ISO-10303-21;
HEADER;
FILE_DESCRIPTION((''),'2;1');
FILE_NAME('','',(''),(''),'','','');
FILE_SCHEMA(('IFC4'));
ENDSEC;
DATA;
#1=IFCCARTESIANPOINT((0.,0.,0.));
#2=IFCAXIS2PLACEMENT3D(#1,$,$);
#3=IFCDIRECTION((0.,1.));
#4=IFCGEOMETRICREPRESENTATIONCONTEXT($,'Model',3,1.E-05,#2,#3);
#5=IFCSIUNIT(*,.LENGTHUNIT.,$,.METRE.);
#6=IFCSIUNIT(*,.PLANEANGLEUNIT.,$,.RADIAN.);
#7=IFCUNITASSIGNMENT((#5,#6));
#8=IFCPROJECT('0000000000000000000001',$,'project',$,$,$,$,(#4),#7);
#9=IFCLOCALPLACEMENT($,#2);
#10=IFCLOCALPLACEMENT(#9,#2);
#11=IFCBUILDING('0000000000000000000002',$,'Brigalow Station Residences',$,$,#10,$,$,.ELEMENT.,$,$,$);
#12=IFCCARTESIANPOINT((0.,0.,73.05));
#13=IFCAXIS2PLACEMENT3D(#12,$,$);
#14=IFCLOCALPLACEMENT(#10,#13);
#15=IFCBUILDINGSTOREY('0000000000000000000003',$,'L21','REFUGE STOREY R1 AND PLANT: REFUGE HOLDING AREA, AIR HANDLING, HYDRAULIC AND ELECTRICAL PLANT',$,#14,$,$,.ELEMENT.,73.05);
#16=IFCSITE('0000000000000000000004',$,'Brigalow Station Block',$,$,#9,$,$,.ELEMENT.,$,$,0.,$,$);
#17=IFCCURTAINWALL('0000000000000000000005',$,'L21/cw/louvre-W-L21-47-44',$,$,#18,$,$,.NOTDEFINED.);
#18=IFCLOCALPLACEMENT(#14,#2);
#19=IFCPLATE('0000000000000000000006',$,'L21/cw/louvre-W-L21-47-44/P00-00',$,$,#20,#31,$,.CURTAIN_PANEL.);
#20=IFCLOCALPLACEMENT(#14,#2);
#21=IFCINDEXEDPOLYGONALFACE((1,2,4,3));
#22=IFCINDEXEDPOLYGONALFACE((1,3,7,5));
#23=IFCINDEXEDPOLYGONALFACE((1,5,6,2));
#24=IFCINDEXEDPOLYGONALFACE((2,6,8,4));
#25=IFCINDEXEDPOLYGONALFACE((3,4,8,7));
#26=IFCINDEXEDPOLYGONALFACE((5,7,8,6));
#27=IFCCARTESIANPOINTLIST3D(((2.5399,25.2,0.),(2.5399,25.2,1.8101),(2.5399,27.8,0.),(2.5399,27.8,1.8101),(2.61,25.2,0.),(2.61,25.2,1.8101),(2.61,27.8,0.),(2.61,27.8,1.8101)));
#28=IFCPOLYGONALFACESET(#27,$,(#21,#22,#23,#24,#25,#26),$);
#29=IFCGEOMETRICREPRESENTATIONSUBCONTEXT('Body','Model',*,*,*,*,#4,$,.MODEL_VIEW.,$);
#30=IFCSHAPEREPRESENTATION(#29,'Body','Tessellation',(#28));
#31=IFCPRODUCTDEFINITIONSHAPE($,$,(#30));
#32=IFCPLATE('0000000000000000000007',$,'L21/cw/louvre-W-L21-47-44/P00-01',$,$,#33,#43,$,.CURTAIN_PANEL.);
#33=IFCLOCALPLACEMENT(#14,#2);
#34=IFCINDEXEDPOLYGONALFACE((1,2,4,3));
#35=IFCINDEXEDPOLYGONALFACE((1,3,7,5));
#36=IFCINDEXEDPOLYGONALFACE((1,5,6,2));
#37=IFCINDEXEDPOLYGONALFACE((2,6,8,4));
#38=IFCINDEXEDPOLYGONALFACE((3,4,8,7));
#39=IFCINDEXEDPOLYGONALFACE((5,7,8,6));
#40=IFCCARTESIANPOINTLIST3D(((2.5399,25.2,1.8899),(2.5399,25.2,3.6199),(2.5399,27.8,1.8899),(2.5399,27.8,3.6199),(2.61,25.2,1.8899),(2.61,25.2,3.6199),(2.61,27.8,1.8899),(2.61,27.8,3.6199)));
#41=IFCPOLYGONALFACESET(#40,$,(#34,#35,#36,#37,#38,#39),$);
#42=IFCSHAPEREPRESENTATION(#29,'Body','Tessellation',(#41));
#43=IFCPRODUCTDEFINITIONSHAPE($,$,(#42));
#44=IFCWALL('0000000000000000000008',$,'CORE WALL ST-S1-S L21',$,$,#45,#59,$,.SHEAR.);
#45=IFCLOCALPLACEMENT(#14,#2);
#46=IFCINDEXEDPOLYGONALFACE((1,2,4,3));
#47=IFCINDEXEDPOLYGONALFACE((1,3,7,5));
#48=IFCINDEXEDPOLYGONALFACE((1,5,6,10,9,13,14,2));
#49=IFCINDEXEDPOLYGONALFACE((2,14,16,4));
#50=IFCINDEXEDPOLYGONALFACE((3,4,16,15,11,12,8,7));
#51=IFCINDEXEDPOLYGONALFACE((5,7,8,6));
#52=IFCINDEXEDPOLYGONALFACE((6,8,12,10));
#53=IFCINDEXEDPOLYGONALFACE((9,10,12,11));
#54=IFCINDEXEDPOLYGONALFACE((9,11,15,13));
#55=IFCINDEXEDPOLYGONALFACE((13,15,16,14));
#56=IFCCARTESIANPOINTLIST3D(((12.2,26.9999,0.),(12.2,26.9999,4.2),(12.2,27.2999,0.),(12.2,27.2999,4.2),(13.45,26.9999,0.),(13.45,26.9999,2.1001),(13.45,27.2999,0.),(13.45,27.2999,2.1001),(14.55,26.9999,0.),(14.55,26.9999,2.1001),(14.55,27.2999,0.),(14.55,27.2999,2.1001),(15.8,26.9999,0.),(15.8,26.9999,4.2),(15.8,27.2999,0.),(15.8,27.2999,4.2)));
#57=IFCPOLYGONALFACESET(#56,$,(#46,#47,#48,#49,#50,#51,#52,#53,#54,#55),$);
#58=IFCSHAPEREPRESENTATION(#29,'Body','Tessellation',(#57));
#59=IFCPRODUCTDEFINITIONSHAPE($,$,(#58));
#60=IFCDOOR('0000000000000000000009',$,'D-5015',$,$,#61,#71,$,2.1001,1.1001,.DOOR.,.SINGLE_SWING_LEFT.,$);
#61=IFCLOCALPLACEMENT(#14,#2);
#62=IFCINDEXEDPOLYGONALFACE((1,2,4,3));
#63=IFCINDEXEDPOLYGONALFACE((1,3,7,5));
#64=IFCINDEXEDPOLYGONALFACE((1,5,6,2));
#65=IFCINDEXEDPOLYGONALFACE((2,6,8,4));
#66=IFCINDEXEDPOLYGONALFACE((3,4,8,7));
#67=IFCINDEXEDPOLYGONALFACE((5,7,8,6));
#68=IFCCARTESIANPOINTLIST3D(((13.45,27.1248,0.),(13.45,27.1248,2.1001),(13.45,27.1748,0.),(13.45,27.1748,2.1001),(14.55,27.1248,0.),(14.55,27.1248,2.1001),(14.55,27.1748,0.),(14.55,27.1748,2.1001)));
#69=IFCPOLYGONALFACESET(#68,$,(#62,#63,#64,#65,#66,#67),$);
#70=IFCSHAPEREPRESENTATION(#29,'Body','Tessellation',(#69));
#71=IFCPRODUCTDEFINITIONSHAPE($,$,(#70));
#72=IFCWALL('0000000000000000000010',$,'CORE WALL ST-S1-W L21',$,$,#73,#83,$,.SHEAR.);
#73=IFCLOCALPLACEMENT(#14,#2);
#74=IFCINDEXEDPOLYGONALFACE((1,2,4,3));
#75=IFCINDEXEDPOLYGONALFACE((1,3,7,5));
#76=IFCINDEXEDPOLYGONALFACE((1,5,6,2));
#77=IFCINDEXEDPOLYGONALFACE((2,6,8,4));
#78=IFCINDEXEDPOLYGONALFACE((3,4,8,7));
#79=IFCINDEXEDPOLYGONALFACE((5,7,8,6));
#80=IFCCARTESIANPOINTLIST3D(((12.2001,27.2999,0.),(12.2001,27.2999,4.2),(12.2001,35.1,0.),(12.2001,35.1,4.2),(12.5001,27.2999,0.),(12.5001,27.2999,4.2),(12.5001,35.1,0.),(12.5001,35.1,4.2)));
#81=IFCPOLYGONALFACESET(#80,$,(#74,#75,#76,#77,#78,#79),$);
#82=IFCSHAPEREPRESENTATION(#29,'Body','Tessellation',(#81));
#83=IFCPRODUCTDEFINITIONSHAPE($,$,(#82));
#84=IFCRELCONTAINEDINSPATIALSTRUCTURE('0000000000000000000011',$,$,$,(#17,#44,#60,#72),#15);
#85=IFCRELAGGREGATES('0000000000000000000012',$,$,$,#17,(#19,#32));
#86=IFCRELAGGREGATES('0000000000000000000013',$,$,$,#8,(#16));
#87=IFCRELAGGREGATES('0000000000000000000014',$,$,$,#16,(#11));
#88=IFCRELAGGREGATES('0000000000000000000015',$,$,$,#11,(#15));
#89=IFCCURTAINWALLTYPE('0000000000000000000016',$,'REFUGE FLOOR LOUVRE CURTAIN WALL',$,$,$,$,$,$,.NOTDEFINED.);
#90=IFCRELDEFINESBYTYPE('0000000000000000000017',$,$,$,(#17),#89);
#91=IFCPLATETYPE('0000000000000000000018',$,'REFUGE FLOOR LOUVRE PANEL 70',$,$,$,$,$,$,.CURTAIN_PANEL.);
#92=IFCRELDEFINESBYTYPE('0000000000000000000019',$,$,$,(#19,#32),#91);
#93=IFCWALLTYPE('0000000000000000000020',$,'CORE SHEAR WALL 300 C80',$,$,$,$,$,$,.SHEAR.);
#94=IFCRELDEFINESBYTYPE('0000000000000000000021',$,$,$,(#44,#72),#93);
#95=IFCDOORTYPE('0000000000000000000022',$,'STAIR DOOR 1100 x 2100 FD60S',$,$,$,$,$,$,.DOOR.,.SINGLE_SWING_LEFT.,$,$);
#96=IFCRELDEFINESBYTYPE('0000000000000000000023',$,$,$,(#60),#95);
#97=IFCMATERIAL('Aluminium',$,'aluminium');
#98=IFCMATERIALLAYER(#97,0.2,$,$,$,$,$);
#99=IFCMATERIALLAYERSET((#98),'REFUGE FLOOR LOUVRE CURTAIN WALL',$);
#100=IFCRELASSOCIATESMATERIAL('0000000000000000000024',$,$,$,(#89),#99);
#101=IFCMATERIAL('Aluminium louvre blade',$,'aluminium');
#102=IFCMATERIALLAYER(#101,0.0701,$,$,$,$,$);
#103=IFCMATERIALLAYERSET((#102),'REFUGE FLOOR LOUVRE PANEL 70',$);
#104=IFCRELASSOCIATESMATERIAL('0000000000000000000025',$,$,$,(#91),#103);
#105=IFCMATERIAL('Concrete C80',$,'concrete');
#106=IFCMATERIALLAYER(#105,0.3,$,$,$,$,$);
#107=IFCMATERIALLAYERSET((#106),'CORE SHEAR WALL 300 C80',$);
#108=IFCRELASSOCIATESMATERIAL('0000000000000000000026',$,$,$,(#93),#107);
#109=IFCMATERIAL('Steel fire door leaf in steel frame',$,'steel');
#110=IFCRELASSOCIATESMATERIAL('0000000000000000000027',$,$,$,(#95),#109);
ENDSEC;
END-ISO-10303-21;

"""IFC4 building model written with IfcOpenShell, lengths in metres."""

from ifc_helpers import new_model, si_unit, direction, frame, frame_2d, origin, origin_2d, place, context, subcontext, project, spatial, rectangle, extrude, material, layer, layer_set, type_object, element, fill, aggregate, save


model = new_model("IFC4")

# Units and contexts
model_context = context("Model", 3, precision=1e-05, world=origin(), true_north=direction((0.0, 1.0)))
body_context = subcontext(model_context, "Body", "Model", "MODEL_VIEW")
ifc_project = project(units=[si_unit("LENGTHUNIT", "METRE"), si_unit("PLANEANGLEUNIT", "RADIAN")], contexts=[model_context])

# Site, building, storey
site_placement = place(None, origin())
site = spatial("IfcSite", under=ifc_project, at=site_placement, Name="Brigalow Station Block", CompositionType="ELEMENT", RefElevation=0.0)
building_placement = place(site_placement, origin())
building = spatial("IfcBuilding", under=site, at=building_placement, Name="Brigalow Station Residences", CompositionType="ELEMENT")
storey_placement = place(building_placement, frame((0.0, 0.0, 73.05)))
storey = spatial("IfcBuildingStorey", under=building, at=storey_placement, Name="L21", Description="REFUGE STOREY R1 AND PLANT: REFUGE HOLDING AREA, AIR HANDLING, HYDRAULIC AND ELECTRICAL PLANT", CompositionType="ELEMENT", Elevation=73.05)

# Shared definitions
ifc_material_1 = material(Name="Aluminium", Category="aluminium")
ifc_layer_1 = layer(ifc_material_1, 0.2)
ifc_layer_set_1 = layer_set([ifc_layer_1], Name="REFUGE FLOOR LOUVRE CURTAIN WALL")
curtain_wall_type = type_object("IfcCurtainWallType", Name="REFUGE FLOOR LOUVRE CURTAIN WALL", PredefinedType="NOTDEFINED", material=ifc_layer_set_1)

# Curtain wall
curtain_wall_1_placement = place(storey_placement, origin())
curtain_wall_1 = element("IfcCurtainWall", 1, at=curtain_wall_1_placement, inside=storey, type_object=curtain_wall_type, Name="L21/cw/louvre-W-L21-47-44", PredefinedType="NOTDEFINED")

# Plates
ifc_material_2 = material(Name="Aluminium louvre blade", Category="aluminium")
ifc_layer_2 = layer(ifc_material_2, 0.0701)
ifc_layer_set_2 = layer_set([ifc_layer_2], Name="REFUGE FLOOR LOUVRE PANEL 70")
plate_type = type_object("IfcPlateType", Name="REFUGE FLOOR LOUVRE PANEL 70", PredefinedType="CURTAIN_PANEL", material=ifc_layer_set_2)
plate_1_placement = place(storey_placement, frame((2.575, 26.5, 0.0), z_axis=(0.0, 0.0, 1.0), x_axis=(0.0, -1.0, 0.0)))
plate_1 = element("IfcPlate", 2, at=plate_1_placement, type_object=plate_type, Name="L21/cw/louvre-W-L21-47-44/P00-00", PredefinedType="CURTAIN_PANEL", context=body_context, shape_type="SweptSolid", body=[
    extrude(rectangle(XDim=2.6001, YDim=0.0701, at=origin_2d()), origin(), (0.0, 0.0, 1.0), 1.8101),
])
plate_2_placement = place(storey_placement, frame((2.575, 26.5, 1.8899), z_axis=(0.0, 0.0, 1.0), x_axis=(0.0, -1.0, 0.0)))
plate_2 = element("IfcPlate", 3, at=plate_2_placement, type_object=plate_type, Name="L21/cw/louvre-W-L21-47-44/P00-01", PredefinedType="CURTAIN_PANEL", context=body_context, shape_type="SweptSolid", body=[
    extrude(rectangle(XDim=2.6001, YDim=0.0701, at=origin_2d()), origin(), (0.0, 0.0, 1.0), 1.73),
])
aggregate(curtain_wall_1, [plate_1, plate_2])

# Wall, opening, door
ifc_material_3 = material(Name="Concrete C80", Category="concrete")
ifc_layer_3 = layer(ifc_material_3, 0.3)
ifc_layer_set_3 = layer_set([ifc_layer_3], Name="CORE SHEAR WALL 300 C80")
wall_type = type_object("IfcWallType", Name="CORE SHEAR WALL 300 C80", PredefinedType="SHEAR", material=ifc_layer_set_3)
wall_1_placement = place(storey_placement, frame((12.2, 27.1499, 0.0), z_axis=(0.0, 0.0, 1.0), x_axis=(1.0, 0.0, 0.0)))
wall_1 = element("IfcWall", 4, at=wall_1_placement, inside=storey, type_object=wall_type, Name="CORE WALL ST-S1-S L21", PredefinedType="SHEAR", context=body_context, shape_type="SweptSolid", body=[
    extrude(rectangle(XDim=3.6001, YDim=0.3, at=frame_2d((1.8, 0.0))), origin(), (0.0, 0.0, 1.0), 4.2),
])
opening_placement = place(wall_1_placement, frame((1.25, 0.0, 0.0)))
opening = element("IfcOpeningElement", 5, at=opening_placement, cuts=wall_1, PredefinedType="OPENING", context=body_context, shape_type="SweptSolid", body=[
    extrude(rectangle(XDim=1.1001, YDim=2.1001, at=frame_2d((0.55, 1.05))), frame((0.0, 0.1602, 0.0), z_axis=(0.0, -1.0, 0.0), x_axis=(1.0, 0.0, 0.0)), (0.0, 0.0, 1.0), 0.3201),
])
ifc_material_4 = material(Name="Steel fire door leaf in steel frame", Category="steel")
door_type = type_object("IfcDoorType", Name="STAIR DOOR 1100 x 2100 FD60S", OperationType="SINGLE_SWING_LEFT", PredefinedType="DOOR", material=ifc_material_4)
door_placement = place(opening_placement, origin())
door = element("IfcDoor", 6, at=door_placement, inside=storey, type_object=door_type, Name="D-5015", OperationType="SINGLE_SWING_LEFT", OverallHeight=2.1001, OverallWidth=1.1001, PredefinedType="DOOR", context=body_context, shape_type="SweptSolid", body=[
    extrude(rectangle(XDim=1.1001, YDim=2.1001, at=frame_2d((0.55, 1.05))), frame((0.0, 0.0249, 0.0), z_axis=(0.0, -1.0, 0.0), x_axis=(1.0, 0.0, 0.0)), (0.0, 0.0, 1.0), 0.05),
])
fill(opening, door)

# Wall
wall_2_placement = place(storey_placement, frame((12.3501, 27.3, 0.0), z_axis=(0.0, 0.0, 1.0), x_axis=(0.0, 1.0, 0.0)))
element("IfcWall", 7, at=wall_2_placement, inside=storey, type_object=wall_type, Name="CORE WALL ST-S1-W L21", PredefinedType="SHEAR", context=body_context, shape_type="SweptSolid", body=[
    extrude(rectangle(XDim=7.8, YDim=0.3, at=frame_2d((3.8999, 0.0))), origin(), (0.0, 0.0, 1.0), 4.2),
])

save(model, "model.ifc")
